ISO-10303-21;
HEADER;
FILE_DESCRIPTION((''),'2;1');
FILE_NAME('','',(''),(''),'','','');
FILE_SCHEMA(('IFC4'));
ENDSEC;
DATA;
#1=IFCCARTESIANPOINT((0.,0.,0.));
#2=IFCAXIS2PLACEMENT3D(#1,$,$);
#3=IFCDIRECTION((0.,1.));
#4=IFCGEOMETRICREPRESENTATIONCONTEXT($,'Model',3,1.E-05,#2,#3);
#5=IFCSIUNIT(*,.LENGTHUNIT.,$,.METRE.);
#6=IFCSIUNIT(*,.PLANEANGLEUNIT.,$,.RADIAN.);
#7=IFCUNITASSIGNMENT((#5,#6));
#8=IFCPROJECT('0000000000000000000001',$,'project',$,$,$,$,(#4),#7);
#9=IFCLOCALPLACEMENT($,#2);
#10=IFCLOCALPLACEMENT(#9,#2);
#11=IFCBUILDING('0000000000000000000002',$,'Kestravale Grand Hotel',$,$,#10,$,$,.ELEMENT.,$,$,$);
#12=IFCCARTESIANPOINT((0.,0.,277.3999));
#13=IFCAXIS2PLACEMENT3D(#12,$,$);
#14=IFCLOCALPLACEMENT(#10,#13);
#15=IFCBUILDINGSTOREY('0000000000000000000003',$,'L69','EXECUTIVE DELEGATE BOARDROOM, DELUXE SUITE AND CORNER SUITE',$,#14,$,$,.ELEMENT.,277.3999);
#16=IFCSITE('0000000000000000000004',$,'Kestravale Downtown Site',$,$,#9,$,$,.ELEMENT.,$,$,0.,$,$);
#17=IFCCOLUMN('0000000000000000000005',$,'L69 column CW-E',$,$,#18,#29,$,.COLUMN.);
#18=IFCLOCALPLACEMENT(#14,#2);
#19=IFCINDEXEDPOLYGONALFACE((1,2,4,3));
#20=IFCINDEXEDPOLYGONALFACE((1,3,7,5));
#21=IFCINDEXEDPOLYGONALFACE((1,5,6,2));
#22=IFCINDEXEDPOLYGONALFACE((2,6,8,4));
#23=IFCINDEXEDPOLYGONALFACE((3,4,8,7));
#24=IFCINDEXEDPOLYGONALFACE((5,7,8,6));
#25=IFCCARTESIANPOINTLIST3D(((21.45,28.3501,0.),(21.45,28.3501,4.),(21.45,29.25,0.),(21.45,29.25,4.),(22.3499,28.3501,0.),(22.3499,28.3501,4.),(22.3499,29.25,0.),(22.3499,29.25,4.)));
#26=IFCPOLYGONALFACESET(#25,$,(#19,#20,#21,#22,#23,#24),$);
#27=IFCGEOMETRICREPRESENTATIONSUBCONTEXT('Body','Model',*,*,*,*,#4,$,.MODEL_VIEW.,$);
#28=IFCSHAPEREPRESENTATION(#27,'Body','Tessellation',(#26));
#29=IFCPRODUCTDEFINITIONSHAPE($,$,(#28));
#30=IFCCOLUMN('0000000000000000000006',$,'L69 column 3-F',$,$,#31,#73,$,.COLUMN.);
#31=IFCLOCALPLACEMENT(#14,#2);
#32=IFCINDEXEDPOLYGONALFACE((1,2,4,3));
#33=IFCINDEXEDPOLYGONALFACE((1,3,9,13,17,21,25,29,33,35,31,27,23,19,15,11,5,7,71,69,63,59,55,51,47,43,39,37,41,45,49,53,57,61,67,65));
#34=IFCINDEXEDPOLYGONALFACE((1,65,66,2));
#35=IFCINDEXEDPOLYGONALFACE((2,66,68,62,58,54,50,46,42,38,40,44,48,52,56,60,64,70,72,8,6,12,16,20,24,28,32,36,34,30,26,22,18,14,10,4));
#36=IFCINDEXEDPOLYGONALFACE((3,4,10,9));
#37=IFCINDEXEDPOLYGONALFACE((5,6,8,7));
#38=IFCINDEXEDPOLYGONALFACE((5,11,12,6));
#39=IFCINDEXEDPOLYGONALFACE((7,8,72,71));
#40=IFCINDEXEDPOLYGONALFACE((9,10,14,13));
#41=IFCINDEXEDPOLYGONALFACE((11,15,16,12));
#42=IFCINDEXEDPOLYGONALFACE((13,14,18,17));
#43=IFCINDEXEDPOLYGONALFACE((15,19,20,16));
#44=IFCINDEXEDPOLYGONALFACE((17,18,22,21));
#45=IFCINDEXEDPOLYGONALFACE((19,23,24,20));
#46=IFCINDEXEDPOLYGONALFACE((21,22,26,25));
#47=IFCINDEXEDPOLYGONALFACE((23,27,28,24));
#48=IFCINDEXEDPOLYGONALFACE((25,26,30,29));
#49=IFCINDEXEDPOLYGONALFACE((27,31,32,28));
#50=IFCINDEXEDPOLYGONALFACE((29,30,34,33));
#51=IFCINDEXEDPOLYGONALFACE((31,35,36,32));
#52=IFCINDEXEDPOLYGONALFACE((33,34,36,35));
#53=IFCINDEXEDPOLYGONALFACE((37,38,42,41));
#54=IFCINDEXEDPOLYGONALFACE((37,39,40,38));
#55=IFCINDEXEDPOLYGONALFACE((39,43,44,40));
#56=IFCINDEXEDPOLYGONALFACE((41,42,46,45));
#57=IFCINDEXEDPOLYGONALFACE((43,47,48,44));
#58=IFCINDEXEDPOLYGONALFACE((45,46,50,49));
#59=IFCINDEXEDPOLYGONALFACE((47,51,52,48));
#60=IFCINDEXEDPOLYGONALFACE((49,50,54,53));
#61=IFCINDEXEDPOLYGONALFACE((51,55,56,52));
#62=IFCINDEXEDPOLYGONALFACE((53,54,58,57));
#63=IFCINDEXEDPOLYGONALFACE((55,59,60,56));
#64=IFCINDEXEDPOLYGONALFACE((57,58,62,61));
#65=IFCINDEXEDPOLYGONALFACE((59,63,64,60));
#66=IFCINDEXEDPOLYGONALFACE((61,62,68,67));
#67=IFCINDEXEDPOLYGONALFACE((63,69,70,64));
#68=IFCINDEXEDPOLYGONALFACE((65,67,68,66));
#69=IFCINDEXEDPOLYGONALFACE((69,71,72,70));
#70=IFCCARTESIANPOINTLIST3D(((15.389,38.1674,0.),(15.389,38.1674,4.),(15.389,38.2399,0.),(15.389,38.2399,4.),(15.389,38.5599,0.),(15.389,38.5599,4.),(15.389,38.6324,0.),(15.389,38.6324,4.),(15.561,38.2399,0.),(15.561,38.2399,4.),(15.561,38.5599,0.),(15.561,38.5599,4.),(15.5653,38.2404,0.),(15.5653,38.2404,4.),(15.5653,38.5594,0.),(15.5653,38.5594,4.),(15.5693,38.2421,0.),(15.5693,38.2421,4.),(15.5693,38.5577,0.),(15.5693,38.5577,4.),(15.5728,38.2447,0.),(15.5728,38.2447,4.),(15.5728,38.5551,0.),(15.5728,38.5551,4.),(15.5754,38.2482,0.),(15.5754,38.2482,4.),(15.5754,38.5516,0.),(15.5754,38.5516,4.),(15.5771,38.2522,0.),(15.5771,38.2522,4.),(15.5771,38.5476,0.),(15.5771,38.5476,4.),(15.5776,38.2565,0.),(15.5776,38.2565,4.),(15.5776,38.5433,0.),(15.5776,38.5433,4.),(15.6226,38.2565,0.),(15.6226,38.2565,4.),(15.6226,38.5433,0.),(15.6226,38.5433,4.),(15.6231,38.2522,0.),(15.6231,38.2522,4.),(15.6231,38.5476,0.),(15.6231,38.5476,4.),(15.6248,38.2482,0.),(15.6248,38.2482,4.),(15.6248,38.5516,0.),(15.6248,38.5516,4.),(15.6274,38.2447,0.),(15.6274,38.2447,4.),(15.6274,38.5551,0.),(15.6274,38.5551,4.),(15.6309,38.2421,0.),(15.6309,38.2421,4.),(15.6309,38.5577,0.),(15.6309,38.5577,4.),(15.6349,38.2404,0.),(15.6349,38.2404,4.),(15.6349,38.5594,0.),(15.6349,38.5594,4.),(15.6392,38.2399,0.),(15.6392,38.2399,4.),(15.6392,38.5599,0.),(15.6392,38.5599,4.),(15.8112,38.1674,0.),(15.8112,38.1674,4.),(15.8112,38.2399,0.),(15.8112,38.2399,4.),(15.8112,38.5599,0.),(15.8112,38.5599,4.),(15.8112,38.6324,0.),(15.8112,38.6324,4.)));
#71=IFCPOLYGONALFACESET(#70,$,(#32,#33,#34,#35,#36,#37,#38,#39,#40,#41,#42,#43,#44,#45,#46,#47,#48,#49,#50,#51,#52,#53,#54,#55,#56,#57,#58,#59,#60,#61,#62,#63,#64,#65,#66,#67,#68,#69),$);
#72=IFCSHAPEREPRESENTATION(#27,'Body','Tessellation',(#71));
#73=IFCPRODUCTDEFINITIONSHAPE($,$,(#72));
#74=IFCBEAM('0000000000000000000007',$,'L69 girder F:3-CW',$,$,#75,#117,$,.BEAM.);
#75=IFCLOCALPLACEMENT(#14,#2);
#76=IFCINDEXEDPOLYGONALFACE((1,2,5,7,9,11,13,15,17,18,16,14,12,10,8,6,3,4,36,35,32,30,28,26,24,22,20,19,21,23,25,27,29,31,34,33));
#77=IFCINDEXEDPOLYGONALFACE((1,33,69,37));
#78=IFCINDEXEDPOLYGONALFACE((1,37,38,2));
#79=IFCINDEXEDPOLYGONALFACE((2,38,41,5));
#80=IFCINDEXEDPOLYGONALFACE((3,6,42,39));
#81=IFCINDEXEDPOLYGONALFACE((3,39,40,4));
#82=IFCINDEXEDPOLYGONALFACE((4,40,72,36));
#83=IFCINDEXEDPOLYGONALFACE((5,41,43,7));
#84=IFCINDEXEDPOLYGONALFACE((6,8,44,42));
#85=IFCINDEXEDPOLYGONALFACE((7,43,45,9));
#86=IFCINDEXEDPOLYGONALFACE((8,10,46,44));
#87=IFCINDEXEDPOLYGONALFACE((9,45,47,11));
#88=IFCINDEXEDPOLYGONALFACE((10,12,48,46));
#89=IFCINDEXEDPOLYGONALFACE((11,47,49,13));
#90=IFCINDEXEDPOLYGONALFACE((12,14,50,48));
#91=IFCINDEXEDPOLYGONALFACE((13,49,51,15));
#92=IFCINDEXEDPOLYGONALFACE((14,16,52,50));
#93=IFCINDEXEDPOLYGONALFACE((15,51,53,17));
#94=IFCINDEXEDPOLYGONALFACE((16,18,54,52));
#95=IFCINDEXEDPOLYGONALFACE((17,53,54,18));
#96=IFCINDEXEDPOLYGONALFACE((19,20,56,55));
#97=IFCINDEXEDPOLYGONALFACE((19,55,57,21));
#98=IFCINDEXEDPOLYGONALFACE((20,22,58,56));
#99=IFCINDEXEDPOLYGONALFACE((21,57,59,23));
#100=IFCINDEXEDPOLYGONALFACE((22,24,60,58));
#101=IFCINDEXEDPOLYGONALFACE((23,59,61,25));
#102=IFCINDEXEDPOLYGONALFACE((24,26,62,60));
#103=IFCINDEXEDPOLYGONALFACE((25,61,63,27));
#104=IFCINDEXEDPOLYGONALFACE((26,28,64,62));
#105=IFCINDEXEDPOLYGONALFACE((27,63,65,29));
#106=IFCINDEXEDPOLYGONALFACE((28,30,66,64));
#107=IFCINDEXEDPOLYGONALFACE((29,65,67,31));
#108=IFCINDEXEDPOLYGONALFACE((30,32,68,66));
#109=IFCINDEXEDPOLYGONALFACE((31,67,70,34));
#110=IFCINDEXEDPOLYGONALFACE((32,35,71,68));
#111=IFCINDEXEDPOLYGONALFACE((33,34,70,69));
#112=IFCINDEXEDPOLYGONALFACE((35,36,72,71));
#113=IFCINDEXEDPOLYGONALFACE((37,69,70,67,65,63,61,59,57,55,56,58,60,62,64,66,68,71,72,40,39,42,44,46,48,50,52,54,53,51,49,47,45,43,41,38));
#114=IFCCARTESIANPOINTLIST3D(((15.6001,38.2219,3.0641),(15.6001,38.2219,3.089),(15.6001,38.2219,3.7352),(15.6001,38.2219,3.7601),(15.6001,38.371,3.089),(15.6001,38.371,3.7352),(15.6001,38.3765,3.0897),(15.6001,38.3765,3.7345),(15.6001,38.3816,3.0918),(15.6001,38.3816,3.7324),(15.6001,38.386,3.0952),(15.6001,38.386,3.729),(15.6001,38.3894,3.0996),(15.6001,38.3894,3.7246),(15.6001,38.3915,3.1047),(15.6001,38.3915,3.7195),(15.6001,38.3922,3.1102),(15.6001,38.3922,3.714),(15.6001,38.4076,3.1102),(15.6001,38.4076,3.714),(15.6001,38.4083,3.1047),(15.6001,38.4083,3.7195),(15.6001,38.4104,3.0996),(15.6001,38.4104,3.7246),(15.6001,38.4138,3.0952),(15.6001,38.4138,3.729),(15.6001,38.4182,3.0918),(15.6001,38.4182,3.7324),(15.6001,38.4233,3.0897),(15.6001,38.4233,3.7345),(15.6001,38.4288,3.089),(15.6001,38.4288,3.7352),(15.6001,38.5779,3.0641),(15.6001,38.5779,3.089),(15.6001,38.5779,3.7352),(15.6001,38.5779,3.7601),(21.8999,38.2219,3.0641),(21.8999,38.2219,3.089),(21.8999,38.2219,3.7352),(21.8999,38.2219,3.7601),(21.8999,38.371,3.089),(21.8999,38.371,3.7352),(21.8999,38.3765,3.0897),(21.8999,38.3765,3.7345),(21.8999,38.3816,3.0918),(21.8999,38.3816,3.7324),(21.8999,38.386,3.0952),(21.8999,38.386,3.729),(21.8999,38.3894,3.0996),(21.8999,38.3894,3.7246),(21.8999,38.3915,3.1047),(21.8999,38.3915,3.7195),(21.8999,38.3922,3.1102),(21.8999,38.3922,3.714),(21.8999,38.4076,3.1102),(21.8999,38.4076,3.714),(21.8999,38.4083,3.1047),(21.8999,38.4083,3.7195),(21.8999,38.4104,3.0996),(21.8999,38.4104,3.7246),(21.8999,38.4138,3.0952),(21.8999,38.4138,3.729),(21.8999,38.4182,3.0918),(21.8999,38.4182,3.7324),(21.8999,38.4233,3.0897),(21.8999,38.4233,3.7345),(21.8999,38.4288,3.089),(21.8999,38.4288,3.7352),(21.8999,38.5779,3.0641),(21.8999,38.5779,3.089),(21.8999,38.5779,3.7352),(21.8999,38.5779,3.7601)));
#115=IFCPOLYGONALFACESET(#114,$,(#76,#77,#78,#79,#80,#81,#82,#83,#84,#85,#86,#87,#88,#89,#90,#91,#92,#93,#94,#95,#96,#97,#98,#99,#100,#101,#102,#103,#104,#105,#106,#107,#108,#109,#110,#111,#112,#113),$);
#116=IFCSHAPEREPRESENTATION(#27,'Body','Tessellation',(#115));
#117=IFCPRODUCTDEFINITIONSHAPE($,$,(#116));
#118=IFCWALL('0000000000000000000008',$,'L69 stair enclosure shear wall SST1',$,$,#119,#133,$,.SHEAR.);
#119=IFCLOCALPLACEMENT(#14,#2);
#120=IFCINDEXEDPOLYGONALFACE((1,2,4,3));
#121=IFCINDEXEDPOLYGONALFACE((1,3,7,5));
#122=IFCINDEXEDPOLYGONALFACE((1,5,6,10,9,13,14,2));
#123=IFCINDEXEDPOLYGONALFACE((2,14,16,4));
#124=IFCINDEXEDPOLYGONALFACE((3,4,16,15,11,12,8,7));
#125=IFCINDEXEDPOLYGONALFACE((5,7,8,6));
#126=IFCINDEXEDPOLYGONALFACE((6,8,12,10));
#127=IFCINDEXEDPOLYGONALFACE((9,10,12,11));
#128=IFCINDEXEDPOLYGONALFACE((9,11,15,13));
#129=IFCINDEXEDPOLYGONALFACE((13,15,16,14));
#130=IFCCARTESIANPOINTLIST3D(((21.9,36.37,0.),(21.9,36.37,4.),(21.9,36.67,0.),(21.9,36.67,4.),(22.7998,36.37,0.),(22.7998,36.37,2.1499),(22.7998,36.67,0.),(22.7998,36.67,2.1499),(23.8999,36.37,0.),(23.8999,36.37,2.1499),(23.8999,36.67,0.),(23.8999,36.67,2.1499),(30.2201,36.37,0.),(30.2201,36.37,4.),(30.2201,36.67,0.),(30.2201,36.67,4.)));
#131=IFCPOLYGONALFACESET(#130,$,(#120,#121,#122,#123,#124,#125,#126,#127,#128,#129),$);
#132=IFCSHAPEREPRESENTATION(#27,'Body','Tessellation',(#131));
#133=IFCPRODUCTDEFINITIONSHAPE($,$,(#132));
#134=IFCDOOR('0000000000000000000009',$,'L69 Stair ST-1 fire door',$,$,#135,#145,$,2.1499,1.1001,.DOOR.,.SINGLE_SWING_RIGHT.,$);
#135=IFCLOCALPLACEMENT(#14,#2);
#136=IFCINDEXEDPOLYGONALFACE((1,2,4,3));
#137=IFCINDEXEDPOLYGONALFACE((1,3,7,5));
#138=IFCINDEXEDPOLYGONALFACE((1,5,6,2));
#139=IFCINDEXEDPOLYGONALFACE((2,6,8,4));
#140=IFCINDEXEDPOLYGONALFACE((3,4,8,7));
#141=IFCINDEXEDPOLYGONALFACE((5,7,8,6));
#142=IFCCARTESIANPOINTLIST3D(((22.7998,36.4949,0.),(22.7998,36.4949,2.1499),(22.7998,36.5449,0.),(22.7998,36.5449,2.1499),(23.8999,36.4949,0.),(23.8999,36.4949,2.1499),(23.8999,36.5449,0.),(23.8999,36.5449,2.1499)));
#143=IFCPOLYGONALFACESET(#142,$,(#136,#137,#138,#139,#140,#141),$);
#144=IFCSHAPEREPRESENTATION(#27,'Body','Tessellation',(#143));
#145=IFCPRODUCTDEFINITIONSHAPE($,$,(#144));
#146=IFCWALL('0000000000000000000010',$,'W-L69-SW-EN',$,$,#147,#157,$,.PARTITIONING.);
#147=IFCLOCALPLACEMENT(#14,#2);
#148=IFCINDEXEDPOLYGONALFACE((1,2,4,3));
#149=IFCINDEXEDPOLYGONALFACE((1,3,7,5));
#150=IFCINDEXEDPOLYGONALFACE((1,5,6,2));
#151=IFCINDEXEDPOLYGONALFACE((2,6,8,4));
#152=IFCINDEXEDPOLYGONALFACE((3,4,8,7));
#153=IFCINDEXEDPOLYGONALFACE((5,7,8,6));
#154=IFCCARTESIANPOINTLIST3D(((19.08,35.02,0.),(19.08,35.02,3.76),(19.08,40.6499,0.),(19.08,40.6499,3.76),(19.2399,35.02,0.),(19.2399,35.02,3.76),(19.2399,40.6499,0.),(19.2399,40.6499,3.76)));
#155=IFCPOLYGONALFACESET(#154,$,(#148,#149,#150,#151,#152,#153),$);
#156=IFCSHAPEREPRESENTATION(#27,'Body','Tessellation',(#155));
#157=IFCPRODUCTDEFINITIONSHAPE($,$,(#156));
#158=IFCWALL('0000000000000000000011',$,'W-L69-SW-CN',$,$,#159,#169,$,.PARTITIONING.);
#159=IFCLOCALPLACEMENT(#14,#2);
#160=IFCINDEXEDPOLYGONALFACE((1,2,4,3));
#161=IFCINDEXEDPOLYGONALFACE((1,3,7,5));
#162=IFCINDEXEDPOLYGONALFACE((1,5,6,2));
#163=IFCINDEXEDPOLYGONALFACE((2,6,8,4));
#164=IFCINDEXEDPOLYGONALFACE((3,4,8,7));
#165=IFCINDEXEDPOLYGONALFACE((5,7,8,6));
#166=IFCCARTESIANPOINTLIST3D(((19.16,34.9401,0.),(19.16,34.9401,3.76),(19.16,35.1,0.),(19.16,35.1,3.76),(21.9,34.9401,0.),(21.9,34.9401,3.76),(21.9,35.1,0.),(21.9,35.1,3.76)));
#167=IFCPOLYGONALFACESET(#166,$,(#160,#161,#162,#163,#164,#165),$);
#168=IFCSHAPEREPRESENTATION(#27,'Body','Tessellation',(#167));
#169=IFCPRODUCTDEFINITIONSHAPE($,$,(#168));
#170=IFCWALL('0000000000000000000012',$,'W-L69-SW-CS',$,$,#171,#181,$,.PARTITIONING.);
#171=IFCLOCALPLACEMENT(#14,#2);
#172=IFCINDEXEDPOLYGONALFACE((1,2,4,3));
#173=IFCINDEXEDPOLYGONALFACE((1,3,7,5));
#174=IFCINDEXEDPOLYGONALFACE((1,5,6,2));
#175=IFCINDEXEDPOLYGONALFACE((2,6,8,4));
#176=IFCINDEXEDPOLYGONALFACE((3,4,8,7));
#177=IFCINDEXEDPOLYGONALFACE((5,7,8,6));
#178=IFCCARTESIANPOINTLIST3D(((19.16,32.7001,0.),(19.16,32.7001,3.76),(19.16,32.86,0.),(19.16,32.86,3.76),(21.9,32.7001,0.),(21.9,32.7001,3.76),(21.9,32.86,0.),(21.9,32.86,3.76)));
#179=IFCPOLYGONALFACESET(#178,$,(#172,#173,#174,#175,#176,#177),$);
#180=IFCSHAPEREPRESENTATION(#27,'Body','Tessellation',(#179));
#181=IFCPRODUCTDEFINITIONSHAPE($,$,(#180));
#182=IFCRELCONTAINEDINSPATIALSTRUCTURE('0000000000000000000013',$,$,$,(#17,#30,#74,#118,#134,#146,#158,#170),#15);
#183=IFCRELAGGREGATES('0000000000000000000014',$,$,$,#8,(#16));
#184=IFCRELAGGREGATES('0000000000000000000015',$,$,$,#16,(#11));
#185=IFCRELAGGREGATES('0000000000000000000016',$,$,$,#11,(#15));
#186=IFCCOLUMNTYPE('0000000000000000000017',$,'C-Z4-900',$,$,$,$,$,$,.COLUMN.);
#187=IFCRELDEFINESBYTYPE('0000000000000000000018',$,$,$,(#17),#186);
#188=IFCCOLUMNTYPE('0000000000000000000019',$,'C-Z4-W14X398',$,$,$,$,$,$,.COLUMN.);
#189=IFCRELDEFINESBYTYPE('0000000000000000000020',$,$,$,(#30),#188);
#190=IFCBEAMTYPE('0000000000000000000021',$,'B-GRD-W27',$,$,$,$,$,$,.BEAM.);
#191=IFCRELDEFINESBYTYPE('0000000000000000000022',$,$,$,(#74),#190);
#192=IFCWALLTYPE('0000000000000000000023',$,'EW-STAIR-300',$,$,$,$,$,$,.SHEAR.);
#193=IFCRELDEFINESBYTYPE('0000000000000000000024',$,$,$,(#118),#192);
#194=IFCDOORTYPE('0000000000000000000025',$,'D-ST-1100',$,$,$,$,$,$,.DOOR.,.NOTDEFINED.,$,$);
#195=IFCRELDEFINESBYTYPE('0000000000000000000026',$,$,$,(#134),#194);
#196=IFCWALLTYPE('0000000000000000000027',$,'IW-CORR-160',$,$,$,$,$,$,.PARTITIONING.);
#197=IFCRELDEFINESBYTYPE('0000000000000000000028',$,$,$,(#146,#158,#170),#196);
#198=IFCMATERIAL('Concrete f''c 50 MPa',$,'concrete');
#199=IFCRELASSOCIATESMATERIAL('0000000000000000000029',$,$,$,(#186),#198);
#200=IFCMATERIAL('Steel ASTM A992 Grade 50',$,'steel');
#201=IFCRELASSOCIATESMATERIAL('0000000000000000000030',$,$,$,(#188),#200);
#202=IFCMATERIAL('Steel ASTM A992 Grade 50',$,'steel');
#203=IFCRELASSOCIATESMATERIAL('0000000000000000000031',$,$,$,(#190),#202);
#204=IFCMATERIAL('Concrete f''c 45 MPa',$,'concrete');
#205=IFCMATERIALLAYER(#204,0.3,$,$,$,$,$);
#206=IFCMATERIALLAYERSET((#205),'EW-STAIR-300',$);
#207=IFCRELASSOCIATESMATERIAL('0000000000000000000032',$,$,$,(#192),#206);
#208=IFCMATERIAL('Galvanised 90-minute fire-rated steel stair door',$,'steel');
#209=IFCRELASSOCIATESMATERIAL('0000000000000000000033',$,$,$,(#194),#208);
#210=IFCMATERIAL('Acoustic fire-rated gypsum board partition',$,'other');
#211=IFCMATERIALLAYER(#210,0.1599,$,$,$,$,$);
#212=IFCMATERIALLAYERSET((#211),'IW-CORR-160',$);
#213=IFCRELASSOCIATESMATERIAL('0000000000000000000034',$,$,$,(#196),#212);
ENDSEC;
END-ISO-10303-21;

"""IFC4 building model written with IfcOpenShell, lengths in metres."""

from ifc_helpers import new_model, si_unit, direction, frame, frame_2d, origin, origin_2d, place, context, subcontext, project, spatial, rectangle, i_section, extrude, material, layer, layer_set, material_profile, profile_set, type_object, element, fill, save


model = new_model("IFC4")

# Units and contexts
model_context = context("Model", 3, precision=1e-05, world=origin(), true_north=direction((0.0, 1.0)))
body_context = subcontext(model_context, "Body", "Model", "MODEL_VIEW")
ifc_project = project(units=[si_unit("LENGTHUNIT", "METRE"), si_unit("PLANEANGLEUNIT", "RADIAN")], contexts=[model_context])

# Site, building, storey
site_placement = place(None, origin())
site = spatial("IfcSite", under=ifc_project, at=site_placement, Name="Kestravale Downtown Site", CompositionType="ELEMENT", RefElevation=0.0)
building_placement = place(site_placement, origin())
building = spatial("IfcBuilding", under=site, at=building_placement, Name="Kestravale Grand Hotel", CompositionType="ELEMENT")
storey_placement = place(building_placement, frame((0.0, 0.0, 277.3999)))
storey = spatial("IfcBuildingStorey", under=building, at=storey_placement, Name="L69", Description="EXECUTIVE DELEGATE BOARDROOM, DELUXE SUITE AND CORNER SUITE", CompositionType="ELEMENT", Elevation=277.3999)

# Columns
ifc_material_1 = material(Name="Concrete f'c 50 MPa", Category="concrete")
ifc_material_profile_1 = material_profile(ifc_material_1, rectangle(XDim=0.8999, YDim=0.8999, at=origin_2d()))
ifc_profile_set_1 = profile_set([ifc_material_profile_1], Name="Concrete f'c 50 MPa")
column_type_1 = type_object("IfcColumnType", Name="C-Z4-900", PredefinedType="COLUMN", material=ifc_profile_set_1)
column_1_placement = place(storey_placement, frame((21.8999, 28.8, 0.0), z_axis=(0.0, 0.0, 1.0), x_axis=(1.0, 0.0, 0.0)))
element("IfcColumn", 1, at=column_1_placement, inside=storey, type_object=column_type_1, Name="L69 column CW-E", PredefinedType="COLUMN", context=body_context, shape_type="SweptSolid", body=[
    extrude(rectangle(XDim=0.8999, YDim=0.8999, at=origin_2d()), origin(), (0.0, 0.0, 1.0), 4.0),
])
ifc_material_2 = material(Name="Steel ASTM A992 Grade 50", Category="steel")
ifc_material_profile_2 = material_profile(ifc_material_2, i_section(OverallWidth=0.4221, OverallDepth=0.4651, WebThickness=0.0449, FlangeThickness=0.0725, FilletRadius=0.0166, at=origin_2d()))
ifc_profile_set_2 = profile_set([ifc_material_profile_2], Name="Steel ASTM A992 Grade 50")
column_type_2 = type_object("IfcColumnType", Name="C-Z4-W14X398", PredefinedType="COLUMN", material=ifc_profile_set_2)
column_2_placement = place(storey_placement, frame((15.6001, 38.3999, 0.0), z_axis=(0.0, 0.0, 1.0), x_axis=(1.0, 0.0, 0.0)))
element("IfcColumn", 2, at=column_2_placement, inside=storey, type_object=column_type_2, Name="L69 column 3-F", PredefinedType="COLUMN", context=body_context, shape_type="SweptSolid", body=[
    extrude(i_section(OverallWidth=0.4221, OverallDepth=0.4651, WebThickness=0.0449, FlangeThickness=0.0725, FilletRadius=0.0166, at=origin_2d()), origin(), (0.0, 0.0, 1.0), 4.0),
])

# Beam
ifc_material_3 = material(Name="Steel ASTM A992 Grade 50", Category="steel")
ifc_material_profile_3 = material_profile(ifc_material_3, i_section(OverallWidth=0.356, OverallDepth=0.696, WebThickness=0.0154, FlangeThickness=0.0249, FilletRadius=0.0212, at=origin_2d()))
ifc_profile_set_3 = profile_set([ifc_material_profile_3], Name="Steel ASTM A992 Grade 50")
beam_type = type_object("IfcBeamType", Name="B-GRD-W27", PredefinedType="BEAM", material=ifc_profile_set_3)
beam_placement = place(storey_placement, frame((15.6001, 38.3999, 3.4121), z_axis=(1.0, 0.0, 0.0), x_axis=(0.0, 1.0, 0.0)))
element("IfcBeam", 3, at=beam_placement, inside=storey, type_object=beam_type, Name="L69 girder F:3-CW", PredefinedType="BEAM", context=body_context, shape_type="SweptSolid", body=[
    extrude(i_section(OverallWidth=0.356, OverallDepth=0.696, WebThickness=0.0154, FlangeThickness=0.0249, FilletRadius=0.0212, at=origin_2d()), origin(), (0.0, 0.0, 1.0), 6.2998),
])

# Wall, opening, door
ifc_material_4 = material(Name="Concrete f'c 45 MPa", Category="concrete")
ifc_layer_1 = layer(ifc_material_4, 0.3)
ifc_layer_set_1 = layer_set([ifc_layer_1], Name="EW-STAIR-300")
wall_type_1 = type_object("IfcWallType", Name="EW-STAIR-300", PredefinedType="SHEAR", material=ifc_layer_set_1)
wall_1_placement = place(storey_placement, frame((21.8999, 36.52, 0.0), z_axis=(0.0, 0.0, 1.0), x_axis=(1.0, 0.0, 0.0)))
wall_1 = element("IfcWall", 4, at=wall_1_placement, inside=storey, type_object=wall_type_1, Name="L69 stair enclosure shear wall SST1", PredefinedType="SHEAR", context=body_context, shape_type="SweptSolid", body=[
    extrude(rectangle(XDim=8.3201, YDim=0.3, at=frame_2d((4.1602, 0.0))), origin(), (0.0, 0.0, 1.0), 4.0),
])
opening_1_placement = place(wall_1_placement, frame((0.8999, 0.0, 0.0)))
opening_1 = element("IfcOpeningElement", 5, at=opening_1_placement, cuts=wall_1, PredefinedType="OPENING", context=body_context, shape_type="SweptSolid", body=[
    extrude(rectangle(XDim=1.1001, YDim=2.1499, at=frame_2d((0.55, 1.075))), frame((0.0, 0.1599, 0.0), z_axis=(0.0, -1.0, 0.0), x_axis=(1.0, 0.0, 0.0)), (0.0, 0.0, 1.0), 0.3201),
])
ifc_material_5 = material(Name="Galvanised 90-minute fire-rated steel stair door", Category="steel")
door_type_1 = type_object("IfcDoorType", Name="D-ST-1100", OperationType="NOTDEFINED", PredefinedType="DOOR", material=ifc_material_5)
door_1_placement = place(opening_1_placement, origin())
door_1 = element("IfcDoor", 6, at=door_1_placement, inside=storey, type_object=door_type_1, Name="L69 Stair ST-1 fire door", OperationType="SINGLE_SWING_RIGHT", OverallHeight=2.1499, OverallWidth=1.1001, PredefinedType="DOOR", context=body_context, shape_type="SweptSolid", body=[
    extrude(rectangle(XDim=1.1001, YDim=2.1499, at=frame_2d((0.55, 1.075))), frame((0.0, 0.0249, 0.0), z_axis=(0.0, -1.0, 0.0), x_axis=(1.0, 0.0, 0.0)), (0.0, 0.0, 1.0), 0.05),
])
fill(opening_1, door_1)

# Walls
ifc_material_6 = material(Name="Acoustic fire-rated gypsum board partition", Category="other")
ifc_layer_2 = layer(ifc_material_6, 0.1599)
ifc_layer_set_2 = layer_set([ifc_layer_2], Name="IW-CORR-160")
wall_type_2 = type_object("IfcWallType", Name="IW-CORR-160", PredefinedType="PARTITIONING", material=ifc_layer_set_2)
wall_2_placement = place(storey_placement, frame((19.1599, 35.02, 0.0), z_axis=(0.0, 0.0, 1.0), x_axis=(0.0, 1.0, 0.0)))
element("IfcWall", 7, at=wall_2_placement, inside=storey, type_object=wall_type_2, Name="W-L69-SW-EN", PredefinedType="PARTITIONING", context=body_context, shape_type="SweptSolid", body=[
    extrude(rectangle(XDim=5.6299, YDim=0.1599, at=frame_2d((2.8149, 0.0))), origin(), (0.0, 0.0, 1.0), 3.76),
])
for number, where, z_axis, x_axis, name in (
    (8, (19.1599, 35.02, 0.0), (0.0, 0.0, 1.0), (1.0, 0.0, 0.0), "W-L69-SW-CN"),
    (9, (19.1599, 32.78, 0.0), (0.0, 0.0, 1.0), (1.0, 0.0, 0.0), "W-L69-SW-CS"),
):
    element("IfcWall", number, at=place(storey_placement, frame(where, z_axis=z_axis, x_axis=x_axis)), inside=storey, type_object=wall_type_2, Name=name, PredefinedType="PARTITIONING", context=body_context, shape_type="SweptSolid", body=[
        extrude(rectangle(XDim=2.74, YDim=0.1599, at=frame_2d((1.3701, 0.0))), origin(), (0.0, 0.0, 1.0), 3.76),
    ])

save(model, "model.ifc")
